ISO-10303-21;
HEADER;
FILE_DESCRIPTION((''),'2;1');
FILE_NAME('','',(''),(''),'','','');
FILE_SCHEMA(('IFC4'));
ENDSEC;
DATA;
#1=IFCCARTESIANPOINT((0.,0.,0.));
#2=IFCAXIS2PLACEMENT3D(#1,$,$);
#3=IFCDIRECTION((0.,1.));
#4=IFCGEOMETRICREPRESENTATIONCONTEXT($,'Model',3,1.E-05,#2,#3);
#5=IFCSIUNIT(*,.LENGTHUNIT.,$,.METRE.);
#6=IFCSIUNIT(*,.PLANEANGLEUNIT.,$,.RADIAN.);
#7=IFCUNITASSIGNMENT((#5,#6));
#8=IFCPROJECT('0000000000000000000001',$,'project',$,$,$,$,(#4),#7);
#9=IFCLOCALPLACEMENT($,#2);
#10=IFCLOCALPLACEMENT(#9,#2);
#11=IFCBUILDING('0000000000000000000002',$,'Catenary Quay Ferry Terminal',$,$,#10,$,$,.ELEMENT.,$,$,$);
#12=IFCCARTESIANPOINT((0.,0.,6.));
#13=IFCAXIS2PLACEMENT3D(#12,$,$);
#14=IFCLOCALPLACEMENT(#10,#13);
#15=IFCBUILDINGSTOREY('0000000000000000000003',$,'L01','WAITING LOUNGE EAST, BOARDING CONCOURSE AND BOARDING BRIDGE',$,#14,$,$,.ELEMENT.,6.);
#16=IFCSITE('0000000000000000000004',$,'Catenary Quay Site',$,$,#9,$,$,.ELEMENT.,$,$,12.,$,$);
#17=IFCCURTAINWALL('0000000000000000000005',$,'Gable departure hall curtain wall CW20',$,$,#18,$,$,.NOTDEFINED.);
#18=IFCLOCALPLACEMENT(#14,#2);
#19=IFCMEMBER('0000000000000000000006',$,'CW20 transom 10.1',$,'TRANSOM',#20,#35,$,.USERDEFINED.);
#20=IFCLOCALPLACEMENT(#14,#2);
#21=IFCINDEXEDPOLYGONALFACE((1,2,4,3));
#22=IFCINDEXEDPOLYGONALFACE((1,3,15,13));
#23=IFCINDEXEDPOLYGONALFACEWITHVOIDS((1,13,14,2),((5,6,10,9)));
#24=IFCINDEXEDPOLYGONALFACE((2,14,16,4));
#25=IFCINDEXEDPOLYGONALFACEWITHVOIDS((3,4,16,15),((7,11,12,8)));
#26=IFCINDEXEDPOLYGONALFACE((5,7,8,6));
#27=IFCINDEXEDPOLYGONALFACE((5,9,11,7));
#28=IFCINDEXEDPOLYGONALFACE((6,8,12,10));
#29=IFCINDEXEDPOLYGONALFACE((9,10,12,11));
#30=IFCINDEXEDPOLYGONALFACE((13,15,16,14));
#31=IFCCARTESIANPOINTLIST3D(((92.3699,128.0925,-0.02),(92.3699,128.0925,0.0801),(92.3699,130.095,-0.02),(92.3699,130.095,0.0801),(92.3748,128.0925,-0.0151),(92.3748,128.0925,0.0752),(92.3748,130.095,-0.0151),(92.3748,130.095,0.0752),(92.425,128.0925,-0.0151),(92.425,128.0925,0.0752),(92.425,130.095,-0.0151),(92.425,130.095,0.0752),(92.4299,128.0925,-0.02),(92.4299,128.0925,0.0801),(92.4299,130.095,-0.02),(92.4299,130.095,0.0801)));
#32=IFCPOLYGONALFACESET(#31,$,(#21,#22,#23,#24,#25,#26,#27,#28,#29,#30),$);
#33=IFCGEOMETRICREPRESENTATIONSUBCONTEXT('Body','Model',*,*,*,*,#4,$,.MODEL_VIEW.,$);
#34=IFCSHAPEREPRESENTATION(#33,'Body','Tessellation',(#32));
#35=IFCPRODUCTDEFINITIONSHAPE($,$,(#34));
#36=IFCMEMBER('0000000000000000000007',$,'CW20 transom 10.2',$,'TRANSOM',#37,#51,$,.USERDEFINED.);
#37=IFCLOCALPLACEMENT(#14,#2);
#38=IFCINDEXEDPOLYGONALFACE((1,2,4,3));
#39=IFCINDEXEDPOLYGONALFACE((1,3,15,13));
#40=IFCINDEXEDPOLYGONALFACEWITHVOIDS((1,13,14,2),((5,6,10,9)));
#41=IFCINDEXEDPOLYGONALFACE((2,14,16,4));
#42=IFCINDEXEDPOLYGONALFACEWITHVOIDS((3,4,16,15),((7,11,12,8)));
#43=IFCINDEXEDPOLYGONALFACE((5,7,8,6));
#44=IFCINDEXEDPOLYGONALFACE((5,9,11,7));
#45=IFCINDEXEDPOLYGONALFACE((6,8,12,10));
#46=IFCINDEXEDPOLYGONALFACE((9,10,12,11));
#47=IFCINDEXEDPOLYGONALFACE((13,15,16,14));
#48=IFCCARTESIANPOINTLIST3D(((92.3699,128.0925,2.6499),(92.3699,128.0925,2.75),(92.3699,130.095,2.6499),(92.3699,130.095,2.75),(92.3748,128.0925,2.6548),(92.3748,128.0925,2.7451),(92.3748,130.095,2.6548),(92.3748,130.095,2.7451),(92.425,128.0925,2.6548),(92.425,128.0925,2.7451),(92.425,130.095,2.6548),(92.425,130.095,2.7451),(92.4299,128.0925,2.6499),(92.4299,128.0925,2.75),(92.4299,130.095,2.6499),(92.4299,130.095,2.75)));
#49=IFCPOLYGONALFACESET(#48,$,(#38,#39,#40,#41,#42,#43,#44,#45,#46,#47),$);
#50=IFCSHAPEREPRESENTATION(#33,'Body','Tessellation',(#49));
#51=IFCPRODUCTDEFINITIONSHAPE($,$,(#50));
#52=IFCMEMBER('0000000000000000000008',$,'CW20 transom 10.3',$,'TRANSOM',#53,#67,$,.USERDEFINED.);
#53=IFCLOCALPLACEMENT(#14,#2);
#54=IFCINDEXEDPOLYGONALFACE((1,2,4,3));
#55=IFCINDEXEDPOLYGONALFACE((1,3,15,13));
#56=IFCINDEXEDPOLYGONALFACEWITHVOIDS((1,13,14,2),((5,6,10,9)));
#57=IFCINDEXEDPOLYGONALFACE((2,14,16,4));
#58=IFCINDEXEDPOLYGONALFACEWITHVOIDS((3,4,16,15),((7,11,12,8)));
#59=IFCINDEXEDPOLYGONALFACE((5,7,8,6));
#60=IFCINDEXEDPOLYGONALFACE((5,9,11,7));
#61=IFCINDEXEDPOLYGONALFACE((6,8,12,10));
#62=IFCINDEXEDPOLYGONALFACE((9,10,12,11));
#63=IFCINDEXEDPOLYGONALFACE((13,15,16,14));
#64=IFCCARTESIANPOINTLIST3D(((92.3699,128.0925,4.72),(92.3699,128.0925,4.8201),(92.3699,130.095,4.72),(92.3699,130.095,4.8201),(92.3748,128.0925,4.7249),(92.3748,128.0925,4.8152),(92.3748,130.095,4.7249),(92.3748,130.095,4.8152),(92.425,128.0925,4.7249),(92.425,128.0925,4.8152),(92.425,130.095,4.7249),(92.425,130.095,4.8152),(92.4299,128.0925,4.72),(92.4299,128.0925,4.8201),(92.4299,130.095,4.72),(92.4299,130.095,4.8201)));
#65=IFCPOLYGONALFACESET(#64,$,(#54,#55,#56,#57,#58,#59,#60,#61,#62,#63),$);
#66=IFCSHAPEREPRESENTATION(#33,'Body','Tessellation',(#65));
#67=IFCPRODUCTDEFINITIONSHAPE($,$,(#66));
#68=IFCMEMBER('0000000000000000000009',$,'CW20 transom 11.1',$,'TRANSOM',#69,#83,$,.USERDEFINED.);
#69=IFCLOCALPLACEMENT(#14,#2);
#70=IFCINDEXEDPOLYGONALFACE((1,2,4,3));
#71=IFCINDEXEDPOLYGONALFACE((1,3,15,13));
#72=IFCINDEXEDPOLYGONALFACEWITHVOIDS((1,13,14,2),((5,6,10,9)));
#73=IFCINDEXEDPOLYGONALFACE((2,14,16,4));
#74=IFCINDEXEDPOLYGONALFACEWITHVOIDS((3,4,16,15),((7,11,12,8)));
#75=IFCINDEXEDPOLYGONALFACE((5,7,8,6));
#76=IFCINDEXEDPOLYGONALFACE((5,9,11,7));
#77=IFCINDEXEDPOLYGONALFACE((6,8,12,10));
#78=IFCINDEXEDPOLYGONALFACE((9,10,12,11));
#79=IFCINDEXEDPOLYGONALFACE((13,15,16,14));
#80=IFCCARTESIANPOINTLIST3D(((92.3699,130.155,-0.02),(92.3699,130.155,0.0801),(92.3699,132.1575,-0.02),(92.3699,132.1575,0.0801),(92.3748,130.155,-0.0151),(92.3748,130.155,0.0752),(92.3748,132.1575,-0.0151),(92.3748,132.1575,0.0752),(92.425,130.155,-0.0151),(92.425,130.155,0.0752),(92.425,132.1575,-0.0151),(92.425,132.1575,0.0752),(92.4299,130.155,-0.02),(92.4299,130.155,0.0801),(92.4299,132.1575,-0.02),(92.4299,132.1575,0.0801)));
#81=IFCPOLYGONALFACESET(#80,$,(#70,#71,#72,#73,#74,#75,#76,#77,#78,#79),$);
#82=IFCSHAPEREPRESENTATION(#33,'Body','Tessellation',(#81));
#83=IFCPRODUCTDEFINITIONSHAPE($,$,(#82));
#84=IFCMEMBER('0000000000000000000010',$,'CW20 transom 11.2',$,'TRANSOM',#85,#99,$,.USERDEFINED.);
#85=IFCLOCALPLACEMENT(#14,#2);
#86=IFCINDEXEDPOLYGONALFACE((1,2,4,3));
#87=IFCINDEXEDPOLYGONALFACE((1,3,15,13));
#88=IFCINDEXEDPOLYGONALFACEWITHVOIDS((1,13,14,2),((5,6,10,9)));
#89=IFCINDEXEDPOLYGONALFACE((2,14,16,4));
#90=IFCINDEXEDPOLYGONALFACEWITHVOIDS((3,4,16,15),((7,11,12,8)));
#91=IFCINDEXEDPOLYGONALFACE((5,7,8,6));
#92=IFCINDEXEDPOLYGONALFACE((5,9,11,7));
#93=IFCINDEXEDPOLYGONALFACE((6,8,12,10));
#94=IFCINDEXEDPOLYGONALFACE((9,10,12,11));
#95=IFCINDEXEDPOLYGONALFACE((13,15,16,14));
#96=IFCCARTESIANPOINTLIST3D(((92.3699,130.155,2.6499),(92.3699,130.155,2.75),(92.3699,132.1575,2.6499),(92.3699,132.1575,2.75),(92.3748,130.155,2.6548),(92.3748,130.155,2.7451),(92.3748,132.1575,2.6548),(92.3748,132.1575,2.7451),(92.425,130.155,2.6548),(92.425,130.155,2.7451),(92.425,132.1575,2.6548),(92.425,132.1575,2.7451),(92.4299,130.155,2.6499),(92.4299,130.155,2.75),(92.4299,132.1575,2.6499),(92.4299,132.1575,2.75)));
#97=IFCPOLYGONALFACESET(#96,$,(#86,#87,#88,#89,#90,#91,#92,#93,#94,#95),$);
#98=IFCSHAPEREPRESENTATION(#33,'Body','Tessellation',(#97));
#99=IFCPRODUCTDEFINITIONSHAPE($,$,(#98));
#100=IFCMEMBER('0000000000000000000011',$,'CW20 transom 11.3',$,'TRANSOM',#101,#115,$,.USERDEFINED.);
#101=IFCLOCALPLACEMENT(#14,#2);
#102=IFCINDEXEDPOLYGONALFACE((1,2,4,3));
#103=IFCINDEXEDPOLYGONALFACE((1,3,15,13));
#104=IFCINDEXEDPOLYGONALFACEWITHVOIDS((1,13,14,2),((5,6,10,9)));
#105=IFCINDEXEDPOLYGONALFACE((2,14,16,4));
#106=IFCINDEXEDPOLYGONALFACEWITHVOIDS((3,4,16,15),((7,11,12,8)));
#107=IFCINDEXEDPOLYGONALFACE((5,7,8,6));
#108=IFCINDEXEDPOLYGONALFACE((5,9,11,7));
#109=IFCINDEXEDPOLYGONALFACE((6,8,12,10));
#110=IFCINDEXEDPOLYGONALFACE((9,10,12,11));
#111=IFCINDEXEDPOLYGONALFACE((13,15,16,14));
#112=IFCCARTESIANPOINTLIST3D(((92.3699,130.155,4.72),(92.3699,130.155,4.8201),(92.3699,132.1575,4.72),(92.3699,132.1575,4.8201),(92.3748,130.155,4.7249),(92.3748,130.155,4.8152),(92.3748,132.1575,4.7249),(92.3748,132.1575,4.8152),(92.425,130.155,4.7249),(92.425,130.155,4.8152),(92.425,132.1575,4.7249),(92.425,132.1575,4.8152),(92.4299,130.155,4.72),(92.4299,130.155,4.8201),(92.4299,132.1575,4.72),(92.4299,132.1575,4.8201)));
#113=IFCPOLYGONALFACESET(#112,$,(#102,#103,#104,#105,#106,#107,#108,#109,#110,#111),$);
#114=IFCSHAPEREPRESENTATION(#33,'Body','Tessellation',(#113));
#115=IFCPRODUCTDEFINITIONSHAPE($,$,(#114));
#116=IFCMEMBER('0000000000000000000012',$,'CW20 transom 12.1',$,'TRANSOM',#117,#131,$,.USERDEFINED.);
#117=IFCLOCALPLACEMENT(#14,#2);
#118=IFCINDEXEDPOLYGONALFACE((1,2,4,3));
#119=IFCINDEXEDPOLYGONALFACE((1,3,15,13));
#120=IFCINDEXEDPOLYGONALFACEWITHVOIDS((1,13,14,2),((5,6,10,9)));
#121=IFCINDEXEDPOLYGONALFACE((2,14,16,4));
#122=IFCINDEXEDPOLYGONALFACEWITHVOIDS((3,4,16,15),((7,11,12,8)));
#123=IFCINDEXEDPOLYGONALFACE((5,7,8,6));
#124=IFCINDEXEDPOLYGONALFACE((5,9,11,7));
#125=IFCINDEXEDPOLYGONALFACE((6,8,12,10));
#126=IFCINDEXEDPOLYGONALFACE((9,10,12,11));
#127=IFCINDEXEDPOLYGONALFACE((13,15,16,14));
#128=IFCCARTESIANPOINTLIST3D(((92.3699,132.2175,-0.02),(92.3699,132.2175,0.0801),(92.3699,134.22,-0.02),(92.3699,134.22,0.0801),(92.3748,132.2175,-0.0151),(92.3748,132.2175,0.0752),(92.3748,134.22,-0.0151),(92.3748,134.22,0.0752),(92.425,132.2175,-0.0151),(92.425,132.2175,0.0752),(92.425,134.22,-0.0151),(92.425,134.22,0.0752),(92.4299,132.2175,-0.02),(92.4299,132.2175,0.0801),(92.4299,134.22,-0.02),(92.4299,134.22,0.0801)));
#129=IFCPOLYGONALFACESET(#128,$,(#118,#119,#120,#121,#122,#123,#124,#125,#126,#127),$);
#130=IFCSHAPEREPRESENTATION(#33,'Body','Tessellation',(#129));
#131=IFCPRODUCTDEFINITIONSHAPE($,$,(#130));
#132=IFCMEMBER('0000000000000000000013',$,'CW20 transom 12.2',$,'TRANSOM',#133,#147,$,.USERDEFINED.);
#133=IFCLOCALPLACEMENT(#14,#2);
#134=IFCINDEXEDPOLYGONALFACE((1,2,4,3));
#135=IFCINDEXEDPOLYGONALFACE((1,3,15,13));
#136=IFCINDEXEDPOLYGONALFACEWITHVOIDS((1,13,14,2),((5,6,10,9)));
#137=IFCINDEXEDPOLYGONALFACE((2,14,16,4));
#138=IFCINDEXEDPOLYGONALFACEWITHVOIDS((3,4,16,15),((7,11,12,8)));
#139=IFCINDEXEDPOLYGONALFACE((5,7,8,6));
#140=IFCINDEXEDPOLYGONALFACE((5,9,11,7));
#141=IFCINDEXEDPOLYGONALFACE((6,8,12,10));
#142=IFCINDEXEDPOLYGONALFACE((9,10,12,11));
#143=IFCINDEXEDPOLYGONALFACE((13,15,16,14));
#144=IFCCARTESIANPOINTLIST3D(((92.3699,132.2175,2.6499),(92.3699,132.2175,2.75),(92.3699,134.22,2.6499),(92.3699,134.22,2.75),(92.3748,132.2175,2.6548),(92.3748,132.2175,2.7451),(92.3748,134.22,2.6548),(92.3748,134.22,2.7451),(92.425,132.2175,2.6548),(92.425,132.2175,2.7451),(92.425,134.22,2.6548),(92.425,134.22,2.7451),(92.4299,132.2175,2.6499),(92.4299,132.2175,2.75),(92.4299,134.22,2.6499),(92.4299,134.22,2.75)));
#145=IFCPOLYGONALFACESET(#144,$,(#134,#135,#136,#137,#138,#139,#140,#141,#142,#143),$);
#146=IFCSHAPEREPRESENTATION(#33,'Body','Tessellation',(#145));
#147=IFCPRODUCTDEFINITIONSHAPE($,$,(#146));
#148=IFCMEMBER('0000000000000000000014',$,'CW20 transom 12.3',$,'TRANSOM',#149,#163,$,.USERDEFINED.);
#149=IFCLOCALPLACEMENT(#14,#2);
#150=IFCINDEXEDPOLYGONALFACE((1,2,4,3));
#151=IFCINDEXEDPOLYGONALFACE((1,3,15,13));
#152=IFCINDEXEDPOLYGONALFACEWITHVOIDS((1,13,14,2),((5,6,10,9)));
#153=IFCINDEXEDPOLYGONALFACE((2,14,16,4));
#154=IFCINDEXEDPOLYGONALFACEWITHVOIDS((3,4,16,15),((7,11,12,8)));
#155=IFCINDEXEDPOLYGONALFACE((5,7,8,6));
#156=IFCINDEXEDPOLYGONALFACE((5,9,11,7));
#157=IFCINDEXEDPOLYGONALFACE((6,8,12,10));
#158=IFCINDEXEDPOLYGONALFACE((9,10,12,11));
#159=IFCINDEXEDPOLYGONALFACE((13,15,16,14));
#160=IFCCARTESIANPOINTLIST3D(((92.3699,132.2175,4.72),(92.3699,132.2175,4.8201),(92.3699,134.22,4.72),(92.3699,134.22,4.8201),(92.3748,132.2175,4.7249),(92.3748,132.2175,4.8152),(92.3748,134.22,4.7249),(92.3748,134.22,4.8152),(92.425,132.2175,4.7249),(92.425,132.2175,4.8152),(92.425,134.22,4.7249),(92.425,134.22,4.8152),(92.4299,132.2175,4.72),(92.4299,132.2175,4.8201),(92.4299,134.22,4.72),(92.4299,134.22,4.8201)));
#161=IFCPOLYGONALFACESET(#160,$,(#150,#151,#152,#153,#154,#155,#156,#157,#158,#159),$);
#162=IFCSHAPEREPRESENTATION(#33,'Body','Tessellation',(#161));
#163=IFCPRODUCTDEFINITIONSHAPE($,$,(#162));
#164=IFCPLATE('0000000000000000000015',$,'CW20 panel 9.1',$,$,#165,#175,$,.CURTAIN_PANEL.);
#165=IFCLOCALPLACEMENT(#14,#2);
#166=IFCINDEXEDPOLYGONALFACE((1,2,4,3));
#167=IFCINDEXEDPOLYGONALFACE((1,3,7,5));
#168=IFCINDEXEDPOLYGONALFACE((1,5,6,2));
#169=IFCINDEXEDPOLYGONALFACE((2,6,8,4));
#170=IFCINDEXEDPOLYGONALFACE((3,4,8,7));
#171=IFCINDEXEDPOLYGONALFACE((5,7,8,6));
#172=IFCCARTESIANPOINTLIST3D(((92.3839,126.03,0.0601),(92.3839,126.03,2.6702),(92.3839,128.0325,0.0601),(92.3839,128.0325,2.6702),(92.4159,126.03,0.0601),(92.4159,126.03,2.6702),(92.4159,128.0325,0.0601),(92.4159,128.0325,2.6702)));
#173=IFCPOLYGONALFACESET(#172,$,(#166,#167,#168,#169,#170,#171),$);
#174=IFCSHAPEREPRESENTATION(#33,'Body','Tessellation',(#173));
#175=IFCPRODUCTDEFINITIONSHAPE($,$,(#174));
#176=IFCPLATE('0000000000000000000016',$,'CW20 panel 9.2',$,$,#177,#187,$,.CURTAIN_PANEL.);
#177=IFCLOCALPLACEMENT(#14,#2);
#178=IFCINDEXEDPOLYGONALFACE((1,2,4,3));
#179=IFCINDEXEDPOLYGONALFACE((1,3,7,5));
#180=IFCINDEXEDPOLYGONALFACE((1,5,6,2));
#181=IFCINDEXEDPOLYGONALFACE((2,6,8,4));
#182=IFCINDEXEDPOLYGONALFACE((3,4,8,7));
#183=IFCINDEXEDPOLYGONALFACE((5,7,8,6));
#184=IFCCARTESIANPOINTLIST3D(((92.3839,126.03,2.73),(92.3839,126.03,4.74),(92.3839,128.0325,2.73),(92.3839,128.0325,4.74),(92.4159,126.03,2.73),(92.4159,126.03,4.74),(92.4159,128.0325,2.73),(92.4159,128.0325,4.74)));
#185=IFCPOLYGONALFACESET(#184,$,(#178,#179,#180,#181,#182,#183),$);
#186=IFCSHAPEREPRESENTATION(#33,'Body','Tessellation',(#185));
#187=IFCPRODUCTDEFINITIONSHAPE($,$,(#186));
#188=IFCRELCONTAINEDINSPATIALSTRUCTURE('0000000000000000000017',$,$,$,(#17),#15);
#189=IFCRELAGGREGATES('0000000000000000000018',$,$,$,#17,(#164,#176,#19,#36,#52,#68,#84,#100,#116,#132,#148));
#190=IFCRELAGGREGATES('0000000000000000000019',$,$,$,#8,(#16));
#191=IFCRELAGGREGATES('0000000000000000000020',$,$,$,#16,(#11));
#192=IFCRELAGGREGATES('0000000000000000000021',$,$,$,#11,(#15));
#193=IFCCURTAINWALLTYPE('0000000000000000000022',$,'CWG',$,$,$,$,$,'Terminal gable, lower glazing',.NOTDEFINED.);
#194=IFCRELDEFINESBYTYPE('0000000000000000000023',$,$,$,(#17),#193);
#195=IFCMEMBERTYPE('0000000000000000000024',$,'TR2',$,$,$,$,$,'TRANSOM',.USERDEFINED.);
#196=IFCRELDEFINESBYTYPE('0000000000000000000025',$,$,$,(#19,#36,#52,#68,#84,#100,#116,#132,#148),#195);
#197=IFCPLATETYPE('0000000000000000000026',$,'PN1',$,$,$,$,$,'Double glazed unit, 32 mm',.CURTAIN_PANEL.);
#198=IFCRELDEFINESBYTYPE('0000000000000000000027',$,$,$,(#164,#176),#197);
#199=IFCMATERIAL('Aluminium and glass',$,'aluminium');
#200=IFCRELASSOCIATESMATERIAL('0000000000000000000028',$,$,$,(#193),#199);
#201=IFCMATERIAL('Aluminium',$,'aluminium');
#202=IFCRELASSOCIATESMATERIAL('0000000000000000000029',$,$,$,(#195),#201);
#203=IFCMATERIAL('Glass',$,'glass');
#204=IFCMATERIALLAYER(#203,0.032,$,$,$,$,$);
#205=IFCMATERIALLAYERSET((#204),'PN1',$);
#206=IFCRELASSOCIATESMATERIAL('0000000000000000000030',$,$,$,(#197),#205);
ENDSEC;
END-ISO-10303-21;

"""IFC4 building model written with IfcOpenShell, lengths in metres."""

from ifc_helpers import new_model, si_unit, direction, frame, origin, origin_2d, place, context, subcontext, project, spatial, rectangle, hollow_rectangle, extrude, material, layer, layer_set, material_profile, profile_set, type_object, element, aggregate, save


model = new_model("IFC4")

# Units and contexts
model_context = context("Model", 3, precision=1e-05, world=origin(), true_north=direction((0.0, 1.0)))
body_context = subcontext(model_context, "Body", "Model", "MODEL_VIEW")
ifc_project = project(units=[si_unit("LENGTHUNIT", "METRE"), si_unit("PLANEANGLEUNIT", "RADIAN")], contexts=[model_context])

# Site, building, storey
site_placement = place(None, origin())
site = spatial("IfcSite", under=ifc_project, at=site_placement, Name="Catenary Quay Site", CompositionType="ELEMENT", RefElevation=12.0)
building_placement = place(site_placement, origin())
building = spatial("IfcBuilding", under=site, at=building_placement, Name="Catenary Quay Ferry Terminal", CompositionType="ELEMENT")
storey_placement = place(building_placement, frame((0.0, 0.0, 6.0)))
storey = spatial("IfcBuildingStorey", under=building, at=storey_placement, Name="L01", Description="WAITING LOUNGE EAST, BOARDING CONCOURSE AND BOARDING BRIDGE", CompositionType="ELEMENT", Elevation=6.0)

# Curtain wall, members, plates
ifc_material_1 = material(Name="Aluminium and glass", Category="aluminium")
curtain_wall_type = type_object("IfcCurtainWallType", Name="CWG", ElementType="Terminal gable, lower glazing", PredefinedType="NOTDEFINED", material=ifc_material_1)
curtain_wall_placement = place(storey_placement, origin())
curtain_wall = element("IfcCurtainWall", 1, at=curtain_wall_placement, inside=storey, type_object=curtain_wall_type, Name="Gable departure hall curtain wall CW20", PredefinedType="NOTDEFINED")
ifc_material_2 = material(Name="Aluminium", Category="aluminium")
ifc_material_profile_1 = material_profile(ifc_material_2, hollow_rectangle(XDim=0.0601, YDim=0.1001, WallThickness=0.0049, at=origin_2d()), Name="TR2")
ifc_profile_set_1 = profile_set([ifc_material_profile_1], Name="Aluminium")
member_type_1 = type_object("IfcMemberType", Name="TR2", ElementType="TRANSOM", PredefinedType="USERDEFINED", material=ifc_profile_set_1)
member_1_placement = place(storey_placement, frame((92.3999, 128.0925, 0.03), z_axis=(0.0, 1.0, 0.0), x_axis=(-1.0, 0.0, 0.0)))
member_1 = element("IfcMember", 2, at=member_1_placement, type_object=member_type_1, Name="CW20 transom 10.1", ObjectType="TRANSOM", PredefinedType="USERDEFINED", context=body_context, shape_type="SweptSolid", body=[
    extrude(hollow_rectangle(XDim=0.0601, YDim=0.1001, WallThickness=0.0049, at=origin_2d()), origin(), (0.0, 0.0, 1.0), 2.0024),
])
member_2_placement = place(storey_placement, frame((92.3999, 128.0925, 2.7), z_axis=(0.0, 1.0, 0.0), x_axis=(-1.0, 0.0, 0.0)))
member_2 = element("IfcMember", 3, at=member_2_placement, type_object=member_type_1, Name="CW20 transom 10.2", ObjectType="TRANSOM", PredefinedType="USERDEFINED", context=body_context, shape_type="SweptSolid", body=[
    extrude(hollow_rectangle(XDim=0.0601, YDim=0.1001, WallThickness=0.0049, at=origin_2d()), origin(), (0.0, 0.0, 1.0), 2.0024),
])
member_3_placement = place(storey_placement, frame((92.3999, 128.0925, 4.77), z_axis=(0.0, 1.0, 0.0), x_axis=(-1.0, 0.0, 0.0)))
member_3 = element("IfcMember", 4, at=member_3_placement, type_object=member_type_1, Name="CW20 transom 10.3", ObjectType="TRANSOM", PredefinedType="USERDEFINED", context=body_context, shape_type="SweptSolid", body=[
    extrude(hollow_rectangle(XDim=0.0601, YDim=0.1001, WallThickness=0.0049, at=origin_2d()), origin(), (0.0, 0.0, 1.0), 2.0024),
])
member_4_placement = place(storey_placement, frame((92.3999, 130.155, 0.03), z_axis=(0.0, 1.0, 0.0), x_axis=(-1.0, 0.0, 0.0)))
member_4 = element("IfcMember", 5, at=member_4_placement, type_object=member_type_1, Name="CW20 transom 11.1", ObjectType="TRANSOM", PredefinedType="USERDEFINED", context=body_context, shape_type="SweptSolid", body=[
    extrude(hollow_rectangle(XDim=0.0601, YDim=0.1001, WallThickness=0.0049, at=origin_2d()), origin(), (0.0, 0.0, 1.0), 2.0024),
])
member_5_placement = place(storey_placement, frame((92.3999, 130.155, 2.7), z_axis=(0.0, 1.0, 0.0), x_axis=(-1.0, 0.0, 0.0)))
member_5 = element("IfcMember", 6, at=member_5_placement, type_object=member_type_1, Name="CW20 transom 11.2", ObjectType="TRANSOM", PredefinedType="USERDEFINED", context=body_context, shape_type="SweptSolid", body=[
    extrude(hollow_rectangle(XDim=0.0601, YDim=0.1001, WallThickness=0.0049, at=origin_2d()), origin(), (0.0, 0.0, 1.0), 2.0024),
])
member_6_placement = place(storey_placement, frame((92.3999, 130.155, 4.77), z_axis=(0.0, 1.0, 0.0), x_axis=(-1.0, 0.0, 0.0)))
member_6 = element("IfcMember", 7, at=member_6_placement, type_object=member_type_1, Name="CW20 transom 11.3", ObjectType="TRANSOM", PredefinedType="USERDEFINED", context=body_context, shape_type="SweptSolid", body=[
    extrude(hollow_rectangle(XDim=0.0601, YDim=0.1001, WallThickness=0.0049, at=origin_2d()), origin(), (0.0, 0.0, 1.0), 2.0024),
])
member_7_placement = place(storey_placement, frame((92.3999, 132.2175, 0.03), z_axis=(0.0, 1.0, 0.0), x_axis=(-1.0, 0.0, 0.0)))
member_7 = element("IfcMember", 8, at=member_7_placement, type_object=member_type_1, Name="CW20 transom 12.1", ObjectType="TRANSOM", PredefinedType="USERDEFINED", context=body_context, shape_type="SweptSolid", body=[
    extrude(hollow_rectangle(XDim=0.0601, YDim=0.1001, WallThickness=0.0049, at=origin_2d()), origin(), (0.0, 0.0, 1.0), 2.0024),
])
member_8_placement = place(storey_placement, frame((92.3999, 132.2175, 2.7), z_axis=(0.0, 1.0, 0.0), x_axis=(-1.0, 0.0, 0.0)))
member_8 = element("IfcMember", 9, at=member_8_placement, type_object=member_type_1, Name="CW20 transom 12.2", ObjectType="TRANSOM", PredefinedType="USERDEFINED", context=body_context, shape_type="SweptSolid", body=[
    extrude(hollow_rectangle(XDim=0.0601, YDim=0.1001, WallThickness=0.0049, at=origin_2d()), origin(), (0.0, 0.0, 1.0), 2.0024),
])
member_9_placement = place(storey_placement, frame((92.3999, 132.2175, 4.77), z_axis=(0.0, 1.0, 0.0), x_axis=(-1.0, 0.0, 0.0)))
member_9 = element("IfcMember", 10, at=member_9_placement, type_object=member_type_1, Name="CW20 transom 12.3", ObjectType="TRANSOM", PredefinedType="USERDEFINED", context=body_context, shape_type="SweptSolid", body=[
    extrude(hollow_rectangle(XDim=0.0601, YDim=0.1001, WallThickness=0.0049, at=origin_2d()), origin(), (0.0, 0.0, 1.0), 2.0024),
])
ifc_material_3 = material(Name="Glass", Category="glass")
ifc_layer = layer(ifc_material_3, 0.032)
ifc_layer_set = layer_set([ifc_layer], Name="PN1")
plate_type = type_object("IfcPlateType", Name="PN1", ElementType="Double glazed unit, 32 mm", PredefinedType="CURTAIN_PANEL", material=ifc_layer_set)
plate_1_placement = place(storey_placement, frame((92.3999, 127.0312, 0.0601), z_axis=(0.0, 0.0, 1.0), x_axis=(0.0, 1.0, 0.0)))
plate_1 = element("IfcPlate", 11, at=plate_1_placement, type_object=plate_type, Name="CW20 panel 9.1", PredefinedType="CURTAIN_PANEL", context=body_context, shape_type="SweptSolid", body=[
    extrude(rectangle(XDim=2.0024, YDim=0.032, at=origin_2d()), origin(), (0.0, 0.0, 1.0), 2.6101),
])
plate_2_placement = place(storey_placement, frame((92.3999, 127.0312, 2.73), z_axis=(0.0, 0.0, 1.0), x_axis=(0.0, 1.0, 0.0)))
plate_2 = element("IfcPlate", 12, at=plate_2_placement, type_object=plate_type, Name="CW20 panel 9.2", PredefinedType="CURTAIN_PANEL", context=body_context, shape_type="SweptSolid", body=[
    extrude(rectangle(XDim=2.0024, YDim=0.032, at=origin_2d()), origin(), (0.0, 0.0, 1.0), 2.01),
])
aggregate(curtain_wall, [plate_1, plate_2, member_1, member_2, member_3, member_4, member_5, member_6, member_7, member_8, member_9])

save(model, "model.ifc")
